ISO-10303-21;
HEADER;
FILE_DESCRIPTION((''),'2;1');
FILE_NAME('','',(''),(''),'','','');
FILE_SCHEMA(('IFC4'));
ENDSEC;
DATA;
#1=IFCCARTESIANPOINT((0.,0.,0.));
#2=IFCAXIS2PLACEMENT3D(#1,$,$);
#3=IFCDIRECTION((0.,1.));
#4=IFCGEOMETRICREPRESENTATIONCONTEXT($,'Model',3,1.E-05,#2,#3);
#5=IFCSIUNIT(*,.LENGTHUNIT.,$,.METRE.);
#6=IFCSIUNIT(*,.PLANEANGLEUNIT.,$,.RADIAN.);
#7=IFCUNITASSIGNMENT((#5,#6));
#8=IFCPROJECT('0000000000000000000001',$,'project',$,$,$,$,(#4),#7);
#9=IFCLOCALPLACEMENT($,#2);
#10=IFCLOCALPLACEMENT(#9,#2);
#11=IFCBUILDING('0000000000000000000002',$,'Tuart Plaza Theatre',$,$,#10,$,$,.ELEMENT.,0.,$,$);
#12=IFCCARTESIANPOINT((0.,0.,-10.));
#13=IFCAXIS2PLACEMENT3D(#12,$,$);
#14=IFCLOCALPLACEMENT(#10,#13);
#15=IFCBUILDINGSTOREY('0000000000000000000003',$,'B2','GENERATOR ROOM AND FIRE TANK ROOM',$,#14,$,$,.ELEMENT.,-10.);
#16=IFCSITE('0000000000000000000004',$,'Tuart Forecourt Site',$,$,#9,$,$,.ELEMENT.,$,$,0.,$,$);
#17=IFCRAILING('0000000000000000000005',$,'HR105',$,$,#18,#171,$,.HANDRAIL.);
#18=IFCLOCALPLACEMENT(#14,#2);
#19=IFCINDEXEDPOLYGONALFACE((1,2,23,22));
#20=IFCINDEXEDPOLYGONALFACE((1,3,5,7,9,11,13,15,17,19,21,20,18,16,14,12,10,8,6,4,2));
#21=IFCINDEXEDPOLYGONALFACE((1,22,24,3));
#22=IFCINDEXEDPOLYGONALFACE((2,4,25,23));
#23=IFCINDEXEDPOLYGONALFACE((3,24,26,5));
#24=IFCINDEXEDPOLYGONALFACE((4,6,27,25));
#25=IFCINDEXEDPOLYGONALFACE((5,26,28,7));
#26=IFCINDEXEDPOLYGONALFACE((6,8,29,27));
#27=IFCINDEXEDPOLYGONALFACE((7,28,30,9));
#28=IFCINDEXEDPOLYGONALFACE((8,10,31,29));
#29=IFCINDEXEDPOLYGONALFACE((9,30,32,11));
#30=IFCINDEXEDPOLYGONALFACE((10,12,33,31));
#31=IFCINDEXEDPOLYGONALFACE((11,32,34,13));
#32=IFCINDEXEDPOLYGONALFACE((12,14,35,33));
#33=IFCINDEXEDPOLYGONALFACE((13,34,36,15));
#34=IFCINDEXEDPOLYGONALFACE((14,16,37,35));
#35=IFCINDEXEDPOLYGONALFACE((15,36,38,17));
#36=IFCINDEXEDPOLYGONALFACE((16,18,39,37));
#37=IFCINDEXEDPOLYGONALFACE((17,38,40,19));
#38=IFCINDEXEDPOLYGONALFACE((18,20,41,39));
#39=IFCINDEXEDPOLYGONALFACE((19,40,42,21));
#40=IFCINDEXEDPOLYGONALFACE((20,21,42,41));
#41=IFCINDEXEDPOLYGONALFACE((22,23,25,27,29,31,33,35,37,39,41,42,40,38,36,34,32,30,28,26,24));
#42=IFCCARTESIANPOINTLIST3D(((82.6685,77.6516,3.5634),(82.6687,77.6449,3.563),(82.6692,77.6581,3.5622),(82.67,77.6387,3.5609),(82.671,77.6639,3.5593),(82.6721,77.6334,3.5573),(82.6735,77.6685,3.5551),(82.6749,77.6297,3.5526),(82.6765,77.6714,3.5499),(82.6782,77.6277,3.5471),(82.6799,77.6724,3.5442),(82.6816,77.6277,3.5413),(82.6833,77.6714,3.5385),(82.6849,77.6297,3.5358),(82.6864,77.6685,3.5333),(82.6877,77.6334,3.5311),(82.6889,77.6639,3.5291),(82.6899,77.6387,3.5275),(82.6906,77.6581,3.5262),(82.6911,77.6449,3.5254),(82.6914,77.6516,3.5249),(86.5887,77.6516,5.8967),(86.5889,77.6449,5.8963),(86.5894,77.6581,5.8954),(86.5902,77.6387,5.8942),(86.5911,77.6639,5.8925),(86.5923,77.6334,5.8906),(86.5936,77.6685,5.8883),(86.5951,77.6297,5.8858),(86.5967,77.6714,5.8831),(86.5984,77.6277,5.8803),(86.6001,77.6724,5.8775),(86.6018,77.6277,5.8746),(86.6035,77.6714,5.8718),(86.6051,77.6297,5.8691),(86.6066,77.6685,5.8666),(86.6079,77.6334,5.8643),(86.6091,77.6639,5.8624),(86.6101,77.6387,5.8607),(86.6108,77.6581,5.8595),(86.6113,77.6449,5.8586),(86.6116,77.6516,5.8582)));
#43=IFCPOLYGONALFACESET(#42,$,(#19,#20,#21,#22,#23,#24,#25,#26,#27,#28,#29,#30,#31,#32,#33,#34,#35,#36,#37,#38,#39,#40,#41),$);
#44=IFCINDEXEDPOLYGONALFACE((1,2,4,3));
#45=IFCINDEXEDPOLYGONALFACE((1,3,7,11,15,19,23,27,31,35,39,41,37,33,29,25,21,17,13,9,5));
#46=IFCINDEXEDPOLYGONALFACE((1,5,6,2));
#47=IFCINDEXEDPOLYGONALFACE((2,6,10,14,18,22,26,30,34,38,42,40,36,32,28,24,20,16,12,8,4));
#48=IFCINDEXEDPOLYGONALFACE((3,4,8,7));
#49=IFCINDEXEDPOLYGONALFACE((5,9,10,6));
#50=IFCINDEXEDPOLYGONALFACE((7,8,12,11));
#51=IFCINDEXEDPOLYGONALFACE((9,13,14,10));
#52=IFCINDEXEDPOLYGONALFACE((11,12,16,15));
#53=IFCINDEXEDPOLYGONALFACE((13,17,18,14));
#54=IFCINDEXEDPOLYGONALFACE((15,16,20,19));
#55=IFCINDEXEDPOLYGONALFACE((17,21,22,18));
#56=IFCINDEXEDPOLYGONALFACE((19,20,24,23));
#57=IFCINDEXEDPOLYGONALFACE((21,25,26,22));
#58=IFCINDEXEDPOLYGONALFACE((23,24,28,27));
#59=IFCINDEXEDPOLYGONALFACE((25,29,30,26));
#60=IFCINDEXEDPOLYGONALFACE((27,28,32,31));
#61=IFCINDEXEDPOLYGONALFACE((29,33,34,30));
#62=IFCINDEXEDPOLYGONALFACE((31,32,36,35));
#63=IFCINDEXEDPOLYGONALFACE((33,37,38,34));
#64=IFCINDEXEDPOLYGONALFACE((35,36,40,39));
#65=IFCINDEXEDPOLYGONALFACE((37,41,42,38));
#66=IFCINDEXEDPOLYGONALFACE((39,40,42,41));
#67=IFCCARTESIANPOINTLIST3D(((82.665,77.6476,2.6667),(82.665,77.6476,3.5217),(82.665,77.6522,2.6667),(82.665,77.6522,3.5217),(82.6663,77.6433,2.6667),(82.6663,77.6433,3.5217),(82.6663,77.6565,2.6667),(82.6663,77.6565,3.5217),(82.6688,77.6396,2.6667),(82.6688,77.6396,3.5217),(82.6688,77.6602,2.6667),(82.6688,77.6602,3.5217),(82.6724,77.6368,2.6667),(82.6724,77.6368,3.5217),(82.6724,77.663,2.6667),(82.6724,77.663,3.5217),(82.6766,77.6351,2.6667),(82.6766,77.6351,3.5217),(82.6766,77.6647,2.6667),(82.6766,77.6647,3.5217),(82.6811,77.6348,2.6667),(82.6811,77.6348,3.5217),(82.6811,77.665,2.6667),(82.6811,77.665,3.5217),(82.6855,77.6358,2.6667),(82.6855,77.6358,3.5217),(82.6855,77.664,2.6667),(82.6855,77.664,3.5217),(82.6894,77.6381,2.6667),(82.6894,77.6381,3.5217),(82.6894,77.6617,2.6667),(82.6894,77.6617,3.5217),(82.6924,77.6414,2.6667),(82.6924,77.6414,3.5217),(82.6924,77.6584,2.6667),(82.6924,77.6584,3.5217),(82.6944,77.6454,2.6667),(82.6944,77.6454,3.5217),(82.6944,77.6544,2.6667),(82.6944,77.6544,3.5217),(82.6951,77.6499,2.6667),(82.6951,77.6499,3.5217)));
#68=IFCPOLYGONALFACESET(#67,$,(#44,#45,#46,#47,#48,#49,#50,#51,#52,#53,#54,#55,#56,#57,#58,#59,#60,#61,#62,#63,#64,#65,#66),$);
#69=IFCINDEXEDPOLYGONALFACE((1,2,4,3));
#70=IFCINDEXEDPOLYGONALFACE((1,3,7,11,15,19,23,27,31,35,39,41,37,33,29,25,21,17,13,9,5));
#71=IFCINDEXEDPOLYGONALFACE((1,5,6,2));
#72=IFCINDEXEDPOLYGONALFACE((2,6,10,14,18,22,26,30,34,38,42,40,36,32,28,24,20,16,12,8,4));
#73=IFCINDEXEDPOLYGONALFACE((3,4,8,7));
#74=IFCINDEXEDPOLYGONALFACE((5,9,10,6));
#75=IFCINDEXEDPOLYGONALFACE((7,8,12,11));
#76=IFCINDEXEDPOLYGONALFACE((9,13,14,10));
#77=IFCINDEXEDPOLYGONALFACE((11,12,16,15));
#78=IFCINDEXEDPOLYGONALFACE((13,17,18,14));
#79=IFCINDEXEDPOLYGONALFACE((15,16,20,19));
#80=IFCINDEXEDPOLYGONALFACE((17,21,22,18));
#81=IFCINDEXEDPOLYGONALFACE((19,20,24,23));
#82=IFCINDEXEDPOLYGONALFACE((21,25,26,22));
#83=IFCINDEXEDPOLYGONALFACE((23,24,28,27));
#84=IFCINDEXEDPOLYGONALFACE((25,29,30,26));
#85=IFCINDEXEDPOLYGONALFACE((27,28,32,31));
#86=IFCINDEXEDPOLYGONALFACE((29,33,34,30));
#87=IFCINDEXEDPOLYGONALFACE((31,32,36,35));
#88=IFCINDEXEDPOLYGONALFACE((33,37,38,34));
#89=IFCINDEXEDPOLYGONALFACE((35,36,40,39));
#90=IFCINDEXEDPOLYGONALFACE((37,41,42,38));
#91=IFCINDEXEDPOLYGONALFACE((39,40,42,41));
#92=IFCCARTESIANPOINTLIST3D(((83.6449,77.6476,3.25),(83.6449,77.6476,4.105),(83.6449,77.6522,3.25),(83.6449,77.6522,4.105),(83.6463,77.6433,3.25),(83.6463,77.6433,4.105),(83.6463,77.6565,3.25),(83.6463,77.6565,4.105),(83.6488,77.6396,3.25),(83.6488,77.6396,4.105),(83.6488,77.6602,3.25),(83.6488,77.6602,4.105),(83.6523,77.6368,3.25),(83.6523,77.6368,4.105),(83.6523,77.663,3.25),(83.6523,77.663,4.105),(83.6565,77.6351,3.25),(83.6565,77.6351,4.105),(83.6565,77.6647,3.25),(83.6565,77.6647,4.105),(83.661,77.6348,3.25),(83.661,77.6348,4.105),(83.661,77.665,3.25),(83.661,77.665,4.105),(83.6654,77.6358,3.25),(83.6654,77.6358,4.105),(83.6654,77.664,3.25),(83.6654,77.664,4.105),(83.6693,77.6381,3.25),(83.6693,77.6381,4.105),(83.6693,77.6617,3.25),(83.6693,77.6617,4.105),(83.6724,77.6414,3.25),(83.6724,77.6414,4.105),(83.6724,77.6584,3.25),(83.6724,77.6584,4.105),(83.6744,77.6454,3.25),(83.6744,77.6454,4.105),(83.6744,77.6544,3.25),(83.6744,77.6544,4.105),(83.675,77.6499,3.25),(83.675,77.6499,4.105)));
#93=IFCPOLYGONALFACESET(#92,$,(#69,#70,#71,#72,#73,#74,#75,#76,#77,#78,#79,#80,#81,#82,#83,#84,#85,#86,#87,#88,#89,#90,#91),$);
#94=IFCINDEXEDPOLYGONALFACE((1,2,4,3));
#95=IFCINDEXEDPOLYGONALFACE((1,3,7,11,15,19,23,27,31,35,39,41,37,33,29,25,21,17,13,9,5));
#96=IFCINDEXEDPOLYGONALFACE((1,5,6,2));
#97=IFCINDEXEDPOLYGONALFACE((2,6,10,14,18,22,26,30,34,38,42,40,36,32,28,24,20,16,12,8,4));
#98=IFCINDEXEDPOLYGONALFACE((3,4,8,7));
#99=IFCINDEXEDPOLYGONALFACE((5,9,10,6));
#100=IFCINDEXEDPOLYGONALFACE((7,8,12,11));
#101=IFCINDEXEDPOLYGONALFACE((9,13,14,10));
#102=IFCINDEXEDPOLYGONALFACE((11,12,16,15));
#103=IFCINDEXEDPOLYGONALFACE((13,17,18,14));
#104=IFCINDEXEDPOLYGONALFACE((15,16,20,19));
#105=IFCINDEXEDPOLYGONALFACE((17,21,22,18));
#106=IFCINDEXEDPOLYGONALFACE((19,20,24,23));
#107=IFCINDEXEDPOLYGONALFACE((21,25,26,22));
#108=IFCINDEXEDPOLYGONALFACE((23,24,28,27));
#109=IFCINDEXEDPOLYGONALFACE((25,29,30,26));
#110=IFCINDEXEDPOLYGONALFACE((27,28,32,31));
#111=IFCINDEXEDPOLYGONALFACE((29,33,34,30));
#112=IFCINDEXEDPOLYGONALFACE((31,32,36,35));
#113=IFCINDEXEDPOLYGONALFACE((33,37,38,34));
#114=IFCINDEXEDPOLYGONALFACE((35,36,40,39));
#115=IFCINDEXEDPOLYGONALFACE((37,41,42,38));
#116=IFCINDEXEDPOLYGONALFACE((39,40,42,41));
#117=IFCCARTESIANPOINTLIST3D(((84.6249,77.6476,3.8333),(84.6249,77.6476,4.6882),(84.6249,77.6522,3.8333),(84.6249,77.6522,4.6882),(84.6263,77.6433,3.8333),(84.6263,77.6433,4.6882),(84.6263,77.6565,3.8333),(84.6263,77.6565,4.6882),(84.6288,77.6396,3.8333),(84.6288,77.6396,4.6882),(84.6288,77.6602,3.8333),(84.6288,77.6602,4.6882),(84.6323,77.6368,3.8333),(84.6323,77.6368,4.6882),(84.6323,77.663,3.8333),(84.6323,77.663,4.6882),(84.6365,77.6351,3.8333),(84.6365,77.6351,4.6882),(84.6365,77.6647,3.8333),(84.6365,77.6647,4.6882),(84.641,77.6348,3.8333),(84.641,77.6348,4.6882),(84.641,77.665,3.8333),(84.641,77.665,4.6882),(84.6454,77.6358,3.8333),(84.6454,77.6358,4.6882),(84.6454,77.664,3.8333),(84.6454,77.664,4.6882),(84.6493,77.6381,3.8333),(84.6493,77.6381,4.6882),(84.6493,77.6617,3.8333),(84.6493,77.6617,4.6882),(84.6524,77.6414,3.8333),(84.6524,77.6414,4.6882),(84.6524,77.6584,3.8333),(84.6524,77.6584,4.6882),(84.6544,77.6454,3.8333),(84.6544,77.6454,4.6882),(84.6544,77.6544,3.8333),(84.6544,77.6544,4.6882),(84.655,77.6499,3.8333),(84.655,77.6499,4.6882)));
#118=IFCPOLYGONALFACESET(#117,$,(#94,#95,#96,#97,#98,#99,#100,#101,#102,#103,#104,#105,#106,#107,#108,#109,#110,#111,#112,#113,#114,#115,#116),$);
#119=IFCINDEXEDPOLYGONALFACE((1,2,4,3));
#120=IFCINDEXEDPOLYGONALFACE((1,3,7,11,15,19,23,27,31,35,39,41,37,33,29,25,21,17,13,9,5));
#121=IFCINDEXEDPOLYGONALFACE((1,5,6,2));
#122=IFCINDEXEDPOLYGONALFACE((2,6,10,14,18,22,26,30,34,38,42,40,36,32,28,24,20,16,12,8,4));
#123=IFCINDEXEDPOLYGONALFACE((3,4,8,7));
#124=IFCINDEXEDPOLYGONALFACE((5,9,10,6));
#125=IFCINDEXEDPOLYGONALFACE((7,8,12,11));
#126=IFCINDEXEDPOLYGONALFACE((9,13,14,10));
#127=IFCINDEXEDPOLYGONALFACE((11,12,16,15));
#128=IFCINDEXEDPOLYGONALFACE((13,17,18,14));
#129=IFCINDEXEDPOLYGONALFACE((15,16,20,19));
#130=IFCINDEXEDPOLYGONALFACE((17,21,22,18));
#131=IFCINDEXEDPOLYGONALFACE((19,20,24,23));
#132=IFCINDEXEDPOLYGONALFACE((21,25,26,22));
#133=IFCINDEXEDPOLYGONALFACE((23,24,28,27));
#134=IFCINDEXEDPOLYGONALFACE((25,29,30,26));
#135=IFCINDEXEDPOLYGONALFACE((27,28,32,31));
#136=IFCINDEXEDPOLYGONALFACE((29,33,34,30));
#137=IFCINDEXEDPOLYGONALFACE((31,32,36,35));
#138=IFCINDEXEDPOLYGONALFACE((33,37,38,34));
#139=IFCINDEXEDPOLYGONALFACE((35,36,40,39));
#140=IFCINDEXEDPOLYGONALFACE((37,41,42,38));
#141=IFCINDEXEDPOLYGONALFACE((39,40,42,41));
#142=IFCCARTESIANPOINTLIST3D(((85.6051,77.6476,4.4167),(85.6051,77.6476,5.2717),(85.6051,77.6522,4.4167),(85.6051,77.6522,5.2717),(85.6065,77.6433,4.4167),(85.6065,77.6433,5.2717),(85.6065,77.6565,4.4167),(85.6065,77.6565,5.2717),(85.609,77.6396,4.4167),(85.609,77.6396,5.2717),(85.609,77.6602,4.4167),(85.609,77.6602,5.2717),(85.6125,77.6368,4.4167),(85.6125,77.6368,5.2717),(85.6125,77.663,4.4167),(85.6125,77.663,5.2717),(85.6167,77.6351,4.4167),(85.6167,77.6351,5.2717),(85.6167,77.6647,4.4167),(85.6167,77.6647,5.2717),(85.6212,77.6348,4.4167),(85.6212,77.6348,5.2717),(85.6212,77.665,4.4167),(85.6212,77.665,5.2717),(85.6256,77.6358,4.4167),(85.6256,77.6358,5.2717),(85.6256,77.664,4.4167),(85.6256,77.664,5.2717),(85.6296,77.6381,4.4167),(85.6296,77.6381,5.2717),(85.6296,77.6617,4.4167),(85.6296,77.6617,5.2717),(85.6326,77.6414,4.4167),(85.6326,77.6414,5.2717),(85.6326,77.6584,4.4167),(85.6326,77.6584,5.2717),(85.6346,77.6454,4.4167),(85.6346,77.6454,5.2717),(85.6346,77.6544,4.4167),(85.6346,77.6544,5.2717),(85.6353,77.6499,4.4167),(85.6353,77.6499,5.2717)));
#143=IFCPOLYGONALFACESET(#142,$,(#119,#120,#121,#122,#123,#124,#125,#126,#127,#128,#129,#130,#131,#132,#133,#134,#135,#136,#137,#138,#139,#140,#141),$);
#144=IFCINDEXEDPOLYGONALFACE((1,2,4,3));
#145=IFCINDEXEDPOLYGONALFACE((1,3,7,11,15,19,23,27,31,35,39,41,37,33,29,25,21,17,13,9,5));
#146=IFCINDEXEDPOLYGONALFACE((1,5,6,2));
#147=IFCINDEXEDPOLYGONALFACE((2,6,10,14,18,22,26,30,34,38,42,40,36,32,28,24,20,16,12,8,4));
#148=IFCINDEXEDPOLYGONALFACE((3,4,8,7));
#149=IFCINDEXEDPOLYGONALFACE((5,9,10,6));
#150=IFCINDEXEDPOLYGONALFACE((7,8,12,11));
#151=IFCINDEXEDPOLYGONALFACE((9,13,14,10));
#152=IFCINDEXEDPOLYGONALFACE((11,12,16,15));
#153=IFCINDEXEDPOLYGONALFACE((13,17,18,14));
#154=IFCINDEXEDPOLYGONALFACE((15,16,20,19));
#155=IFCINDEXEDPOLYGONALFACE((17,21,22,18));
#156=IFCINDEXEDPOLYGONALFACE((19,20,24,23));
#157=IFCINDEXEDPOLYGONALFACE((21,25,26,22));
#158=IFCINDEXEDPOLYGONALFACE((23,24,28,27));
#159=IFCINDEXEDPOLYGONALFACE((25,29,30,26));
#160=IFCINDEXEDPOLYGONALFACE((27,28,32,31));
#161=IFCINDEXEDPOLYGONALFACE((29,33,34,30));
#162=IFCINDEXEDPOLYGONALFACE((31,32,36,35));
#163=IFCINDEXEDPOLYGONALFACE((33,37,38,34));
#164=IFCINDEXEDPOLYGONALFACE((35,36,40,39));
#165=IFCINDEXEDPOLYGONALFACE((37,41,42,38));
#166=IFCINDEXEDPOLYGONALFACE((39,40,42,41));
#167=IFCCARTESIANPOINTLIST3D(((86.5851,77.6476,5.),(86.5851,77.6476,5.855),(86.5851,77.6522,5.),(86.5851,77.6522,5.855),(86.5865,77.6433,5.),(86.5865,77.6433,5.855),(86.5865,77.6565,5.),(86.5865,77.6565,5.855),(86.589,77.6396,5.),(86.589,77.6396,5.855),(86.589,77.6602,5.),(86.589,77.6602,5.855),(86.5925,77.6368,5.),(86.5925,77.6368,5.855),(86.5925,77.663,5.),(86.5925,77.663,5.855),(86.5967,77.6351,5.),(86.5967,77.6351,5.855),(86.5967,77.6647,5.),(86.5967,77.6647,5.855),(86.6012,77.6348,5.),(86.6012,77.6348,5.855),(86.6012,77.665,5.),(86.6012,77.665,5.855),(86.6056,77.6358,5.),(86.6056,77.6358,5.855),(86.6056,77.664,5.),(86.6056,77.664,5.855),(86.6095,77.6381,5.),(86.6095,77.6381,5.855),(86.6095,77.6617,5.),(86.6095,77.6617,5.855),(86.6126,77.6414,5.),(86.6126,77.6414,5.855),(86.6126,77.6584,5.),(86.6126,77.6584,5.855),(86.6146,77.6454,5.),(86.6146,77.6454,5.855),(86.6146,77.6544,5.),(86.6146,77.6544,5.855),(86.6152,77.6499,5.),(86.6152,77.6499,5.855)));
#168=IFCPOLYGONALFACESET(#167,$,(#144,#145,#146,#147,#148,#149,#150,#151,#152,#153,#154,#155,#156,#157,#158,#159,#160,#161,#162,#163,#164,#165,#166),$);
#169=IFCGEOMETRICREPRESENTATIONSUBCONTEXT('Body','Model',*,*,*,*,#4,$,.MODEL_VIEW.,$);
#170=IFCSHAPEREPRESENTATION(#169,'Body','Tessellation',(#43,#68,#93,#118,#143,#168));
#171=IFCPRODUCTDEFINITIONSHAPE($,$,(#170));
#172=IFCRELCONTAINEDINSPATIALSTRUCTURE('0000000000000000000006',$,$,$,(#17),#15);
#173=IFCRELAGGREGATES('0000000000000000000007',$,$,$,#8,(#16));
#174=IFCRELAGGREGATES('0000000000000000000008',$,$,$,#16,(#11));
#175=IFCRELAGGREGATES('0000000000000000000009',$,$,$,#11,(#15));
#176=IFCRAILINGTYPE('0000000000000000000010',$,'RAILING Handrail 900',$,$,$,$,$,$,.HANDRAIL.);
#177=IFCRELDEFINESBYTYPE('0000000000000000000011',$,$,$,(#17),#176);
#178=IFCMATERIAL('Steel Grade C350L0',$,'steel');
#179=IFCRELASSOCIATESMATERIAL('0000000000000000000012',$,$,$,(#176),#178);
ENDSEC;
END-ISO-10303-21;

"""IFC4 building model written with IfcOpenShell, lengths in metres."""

from ifc_helpers import new_model, si_unit, direction, frame, origin, origin_2d, place, context, subcontext, project, spatial, circle, extrude, material, type_object, element, save


model = new_model("IFC4")

# Units and contexts
model_context = context("Model", 3, precision=1e-05, world=origin(), true_north=direction((0.0, 1.0)))
body_context = subcontext(model_context, "Body", "Model", "MODEL_VIEW")
ifc_project = project(units=[si_unit("LENGTHUNIT", "METRE"), si_unit("PLANEANGLEUNIT", "RADIAN")], contexts=[model_context])

# Site, building, storey
site_placement = place(None, origin())
site = spatial("IfcSite", under=ifc_project, at=site_placement, Name="Tuart Forecourt Site", CompositionType="ELEMENT", RefElevation=0.0)
building_placement = place(site_placement, origin())
building = spatial("IfcBuilding", under=site, at=building_placement, Name="Tuart Plaza Theatre", CompositionType="ELEMENT", ElevationOfRefHeight=0.0)
storey_placement = place(building_placement, frame((0.0, 0.0, -10.0)))
storey = spatial("IfcBuildingStorey", under=building, at=storey_placement, Name="B2", Description="GENERATOR ROOM AND FIRE TANK ROOM", CompositionType="ELEMENT", Elevation=-10.0)

# Railing
ifc_material_1 = material(Name="Steel Grade C350L0", Category="steel")
railing_type = type_object("IfcRailingType", Name="RAILING Handrail 900", PredefinedType="HANDRAIL", material=ifc_material_1)
for number, where, name in (
    (1, (82.6799, 77.6499, 2.6667), "HR105"),
):
    element("IfcRailing", number, at=place(storey_placement, frame(where)), inside=storey, type_object=railing_type, Name=name, PredefinedType="HANDRAIL", context=body_context, shape_type="SweptSolid", body=[
        extrude(circle(Radius=0.0225, at=origin_2d()), frame((0.0, 0.0, 0.8774), z_axis=(0.85931, 0.0, 0.511455), x_axis=(0.0, 1.0, 0.0)), (0.0, 0.0, 1.0), 4.562),
        extrude(circle(Radius=0.0151, at=origin_2d()), origin(), (0.0, 0.0, 1.0), 0.855),
        extrude(circle(Radius=0.0151, at=origin_2d()), frame((0.98, 0.0, 0.5833)), (0.0, 0.0, 1.0), 0.855),
        extrude(circle(Radius=0.0151, at=origin_2d()), frame((1.96, 0.0, 1.1665)), (0.0, 0.0, 1.0), 0.855),
        extrude(circle(Radius=0.0151, at=origin_2d()), frame((2.9402, 0.0, 1.75)), (0.0, 0.0, 1.0), 0.855),
        extrude(circle(Radius=0.0151, at=origin_2d()), frame((3.9202, 0.0, 2.3333)), (0.0, 0.0, 1.0), 0.855),
    ])

save(model, "model.ifc")
